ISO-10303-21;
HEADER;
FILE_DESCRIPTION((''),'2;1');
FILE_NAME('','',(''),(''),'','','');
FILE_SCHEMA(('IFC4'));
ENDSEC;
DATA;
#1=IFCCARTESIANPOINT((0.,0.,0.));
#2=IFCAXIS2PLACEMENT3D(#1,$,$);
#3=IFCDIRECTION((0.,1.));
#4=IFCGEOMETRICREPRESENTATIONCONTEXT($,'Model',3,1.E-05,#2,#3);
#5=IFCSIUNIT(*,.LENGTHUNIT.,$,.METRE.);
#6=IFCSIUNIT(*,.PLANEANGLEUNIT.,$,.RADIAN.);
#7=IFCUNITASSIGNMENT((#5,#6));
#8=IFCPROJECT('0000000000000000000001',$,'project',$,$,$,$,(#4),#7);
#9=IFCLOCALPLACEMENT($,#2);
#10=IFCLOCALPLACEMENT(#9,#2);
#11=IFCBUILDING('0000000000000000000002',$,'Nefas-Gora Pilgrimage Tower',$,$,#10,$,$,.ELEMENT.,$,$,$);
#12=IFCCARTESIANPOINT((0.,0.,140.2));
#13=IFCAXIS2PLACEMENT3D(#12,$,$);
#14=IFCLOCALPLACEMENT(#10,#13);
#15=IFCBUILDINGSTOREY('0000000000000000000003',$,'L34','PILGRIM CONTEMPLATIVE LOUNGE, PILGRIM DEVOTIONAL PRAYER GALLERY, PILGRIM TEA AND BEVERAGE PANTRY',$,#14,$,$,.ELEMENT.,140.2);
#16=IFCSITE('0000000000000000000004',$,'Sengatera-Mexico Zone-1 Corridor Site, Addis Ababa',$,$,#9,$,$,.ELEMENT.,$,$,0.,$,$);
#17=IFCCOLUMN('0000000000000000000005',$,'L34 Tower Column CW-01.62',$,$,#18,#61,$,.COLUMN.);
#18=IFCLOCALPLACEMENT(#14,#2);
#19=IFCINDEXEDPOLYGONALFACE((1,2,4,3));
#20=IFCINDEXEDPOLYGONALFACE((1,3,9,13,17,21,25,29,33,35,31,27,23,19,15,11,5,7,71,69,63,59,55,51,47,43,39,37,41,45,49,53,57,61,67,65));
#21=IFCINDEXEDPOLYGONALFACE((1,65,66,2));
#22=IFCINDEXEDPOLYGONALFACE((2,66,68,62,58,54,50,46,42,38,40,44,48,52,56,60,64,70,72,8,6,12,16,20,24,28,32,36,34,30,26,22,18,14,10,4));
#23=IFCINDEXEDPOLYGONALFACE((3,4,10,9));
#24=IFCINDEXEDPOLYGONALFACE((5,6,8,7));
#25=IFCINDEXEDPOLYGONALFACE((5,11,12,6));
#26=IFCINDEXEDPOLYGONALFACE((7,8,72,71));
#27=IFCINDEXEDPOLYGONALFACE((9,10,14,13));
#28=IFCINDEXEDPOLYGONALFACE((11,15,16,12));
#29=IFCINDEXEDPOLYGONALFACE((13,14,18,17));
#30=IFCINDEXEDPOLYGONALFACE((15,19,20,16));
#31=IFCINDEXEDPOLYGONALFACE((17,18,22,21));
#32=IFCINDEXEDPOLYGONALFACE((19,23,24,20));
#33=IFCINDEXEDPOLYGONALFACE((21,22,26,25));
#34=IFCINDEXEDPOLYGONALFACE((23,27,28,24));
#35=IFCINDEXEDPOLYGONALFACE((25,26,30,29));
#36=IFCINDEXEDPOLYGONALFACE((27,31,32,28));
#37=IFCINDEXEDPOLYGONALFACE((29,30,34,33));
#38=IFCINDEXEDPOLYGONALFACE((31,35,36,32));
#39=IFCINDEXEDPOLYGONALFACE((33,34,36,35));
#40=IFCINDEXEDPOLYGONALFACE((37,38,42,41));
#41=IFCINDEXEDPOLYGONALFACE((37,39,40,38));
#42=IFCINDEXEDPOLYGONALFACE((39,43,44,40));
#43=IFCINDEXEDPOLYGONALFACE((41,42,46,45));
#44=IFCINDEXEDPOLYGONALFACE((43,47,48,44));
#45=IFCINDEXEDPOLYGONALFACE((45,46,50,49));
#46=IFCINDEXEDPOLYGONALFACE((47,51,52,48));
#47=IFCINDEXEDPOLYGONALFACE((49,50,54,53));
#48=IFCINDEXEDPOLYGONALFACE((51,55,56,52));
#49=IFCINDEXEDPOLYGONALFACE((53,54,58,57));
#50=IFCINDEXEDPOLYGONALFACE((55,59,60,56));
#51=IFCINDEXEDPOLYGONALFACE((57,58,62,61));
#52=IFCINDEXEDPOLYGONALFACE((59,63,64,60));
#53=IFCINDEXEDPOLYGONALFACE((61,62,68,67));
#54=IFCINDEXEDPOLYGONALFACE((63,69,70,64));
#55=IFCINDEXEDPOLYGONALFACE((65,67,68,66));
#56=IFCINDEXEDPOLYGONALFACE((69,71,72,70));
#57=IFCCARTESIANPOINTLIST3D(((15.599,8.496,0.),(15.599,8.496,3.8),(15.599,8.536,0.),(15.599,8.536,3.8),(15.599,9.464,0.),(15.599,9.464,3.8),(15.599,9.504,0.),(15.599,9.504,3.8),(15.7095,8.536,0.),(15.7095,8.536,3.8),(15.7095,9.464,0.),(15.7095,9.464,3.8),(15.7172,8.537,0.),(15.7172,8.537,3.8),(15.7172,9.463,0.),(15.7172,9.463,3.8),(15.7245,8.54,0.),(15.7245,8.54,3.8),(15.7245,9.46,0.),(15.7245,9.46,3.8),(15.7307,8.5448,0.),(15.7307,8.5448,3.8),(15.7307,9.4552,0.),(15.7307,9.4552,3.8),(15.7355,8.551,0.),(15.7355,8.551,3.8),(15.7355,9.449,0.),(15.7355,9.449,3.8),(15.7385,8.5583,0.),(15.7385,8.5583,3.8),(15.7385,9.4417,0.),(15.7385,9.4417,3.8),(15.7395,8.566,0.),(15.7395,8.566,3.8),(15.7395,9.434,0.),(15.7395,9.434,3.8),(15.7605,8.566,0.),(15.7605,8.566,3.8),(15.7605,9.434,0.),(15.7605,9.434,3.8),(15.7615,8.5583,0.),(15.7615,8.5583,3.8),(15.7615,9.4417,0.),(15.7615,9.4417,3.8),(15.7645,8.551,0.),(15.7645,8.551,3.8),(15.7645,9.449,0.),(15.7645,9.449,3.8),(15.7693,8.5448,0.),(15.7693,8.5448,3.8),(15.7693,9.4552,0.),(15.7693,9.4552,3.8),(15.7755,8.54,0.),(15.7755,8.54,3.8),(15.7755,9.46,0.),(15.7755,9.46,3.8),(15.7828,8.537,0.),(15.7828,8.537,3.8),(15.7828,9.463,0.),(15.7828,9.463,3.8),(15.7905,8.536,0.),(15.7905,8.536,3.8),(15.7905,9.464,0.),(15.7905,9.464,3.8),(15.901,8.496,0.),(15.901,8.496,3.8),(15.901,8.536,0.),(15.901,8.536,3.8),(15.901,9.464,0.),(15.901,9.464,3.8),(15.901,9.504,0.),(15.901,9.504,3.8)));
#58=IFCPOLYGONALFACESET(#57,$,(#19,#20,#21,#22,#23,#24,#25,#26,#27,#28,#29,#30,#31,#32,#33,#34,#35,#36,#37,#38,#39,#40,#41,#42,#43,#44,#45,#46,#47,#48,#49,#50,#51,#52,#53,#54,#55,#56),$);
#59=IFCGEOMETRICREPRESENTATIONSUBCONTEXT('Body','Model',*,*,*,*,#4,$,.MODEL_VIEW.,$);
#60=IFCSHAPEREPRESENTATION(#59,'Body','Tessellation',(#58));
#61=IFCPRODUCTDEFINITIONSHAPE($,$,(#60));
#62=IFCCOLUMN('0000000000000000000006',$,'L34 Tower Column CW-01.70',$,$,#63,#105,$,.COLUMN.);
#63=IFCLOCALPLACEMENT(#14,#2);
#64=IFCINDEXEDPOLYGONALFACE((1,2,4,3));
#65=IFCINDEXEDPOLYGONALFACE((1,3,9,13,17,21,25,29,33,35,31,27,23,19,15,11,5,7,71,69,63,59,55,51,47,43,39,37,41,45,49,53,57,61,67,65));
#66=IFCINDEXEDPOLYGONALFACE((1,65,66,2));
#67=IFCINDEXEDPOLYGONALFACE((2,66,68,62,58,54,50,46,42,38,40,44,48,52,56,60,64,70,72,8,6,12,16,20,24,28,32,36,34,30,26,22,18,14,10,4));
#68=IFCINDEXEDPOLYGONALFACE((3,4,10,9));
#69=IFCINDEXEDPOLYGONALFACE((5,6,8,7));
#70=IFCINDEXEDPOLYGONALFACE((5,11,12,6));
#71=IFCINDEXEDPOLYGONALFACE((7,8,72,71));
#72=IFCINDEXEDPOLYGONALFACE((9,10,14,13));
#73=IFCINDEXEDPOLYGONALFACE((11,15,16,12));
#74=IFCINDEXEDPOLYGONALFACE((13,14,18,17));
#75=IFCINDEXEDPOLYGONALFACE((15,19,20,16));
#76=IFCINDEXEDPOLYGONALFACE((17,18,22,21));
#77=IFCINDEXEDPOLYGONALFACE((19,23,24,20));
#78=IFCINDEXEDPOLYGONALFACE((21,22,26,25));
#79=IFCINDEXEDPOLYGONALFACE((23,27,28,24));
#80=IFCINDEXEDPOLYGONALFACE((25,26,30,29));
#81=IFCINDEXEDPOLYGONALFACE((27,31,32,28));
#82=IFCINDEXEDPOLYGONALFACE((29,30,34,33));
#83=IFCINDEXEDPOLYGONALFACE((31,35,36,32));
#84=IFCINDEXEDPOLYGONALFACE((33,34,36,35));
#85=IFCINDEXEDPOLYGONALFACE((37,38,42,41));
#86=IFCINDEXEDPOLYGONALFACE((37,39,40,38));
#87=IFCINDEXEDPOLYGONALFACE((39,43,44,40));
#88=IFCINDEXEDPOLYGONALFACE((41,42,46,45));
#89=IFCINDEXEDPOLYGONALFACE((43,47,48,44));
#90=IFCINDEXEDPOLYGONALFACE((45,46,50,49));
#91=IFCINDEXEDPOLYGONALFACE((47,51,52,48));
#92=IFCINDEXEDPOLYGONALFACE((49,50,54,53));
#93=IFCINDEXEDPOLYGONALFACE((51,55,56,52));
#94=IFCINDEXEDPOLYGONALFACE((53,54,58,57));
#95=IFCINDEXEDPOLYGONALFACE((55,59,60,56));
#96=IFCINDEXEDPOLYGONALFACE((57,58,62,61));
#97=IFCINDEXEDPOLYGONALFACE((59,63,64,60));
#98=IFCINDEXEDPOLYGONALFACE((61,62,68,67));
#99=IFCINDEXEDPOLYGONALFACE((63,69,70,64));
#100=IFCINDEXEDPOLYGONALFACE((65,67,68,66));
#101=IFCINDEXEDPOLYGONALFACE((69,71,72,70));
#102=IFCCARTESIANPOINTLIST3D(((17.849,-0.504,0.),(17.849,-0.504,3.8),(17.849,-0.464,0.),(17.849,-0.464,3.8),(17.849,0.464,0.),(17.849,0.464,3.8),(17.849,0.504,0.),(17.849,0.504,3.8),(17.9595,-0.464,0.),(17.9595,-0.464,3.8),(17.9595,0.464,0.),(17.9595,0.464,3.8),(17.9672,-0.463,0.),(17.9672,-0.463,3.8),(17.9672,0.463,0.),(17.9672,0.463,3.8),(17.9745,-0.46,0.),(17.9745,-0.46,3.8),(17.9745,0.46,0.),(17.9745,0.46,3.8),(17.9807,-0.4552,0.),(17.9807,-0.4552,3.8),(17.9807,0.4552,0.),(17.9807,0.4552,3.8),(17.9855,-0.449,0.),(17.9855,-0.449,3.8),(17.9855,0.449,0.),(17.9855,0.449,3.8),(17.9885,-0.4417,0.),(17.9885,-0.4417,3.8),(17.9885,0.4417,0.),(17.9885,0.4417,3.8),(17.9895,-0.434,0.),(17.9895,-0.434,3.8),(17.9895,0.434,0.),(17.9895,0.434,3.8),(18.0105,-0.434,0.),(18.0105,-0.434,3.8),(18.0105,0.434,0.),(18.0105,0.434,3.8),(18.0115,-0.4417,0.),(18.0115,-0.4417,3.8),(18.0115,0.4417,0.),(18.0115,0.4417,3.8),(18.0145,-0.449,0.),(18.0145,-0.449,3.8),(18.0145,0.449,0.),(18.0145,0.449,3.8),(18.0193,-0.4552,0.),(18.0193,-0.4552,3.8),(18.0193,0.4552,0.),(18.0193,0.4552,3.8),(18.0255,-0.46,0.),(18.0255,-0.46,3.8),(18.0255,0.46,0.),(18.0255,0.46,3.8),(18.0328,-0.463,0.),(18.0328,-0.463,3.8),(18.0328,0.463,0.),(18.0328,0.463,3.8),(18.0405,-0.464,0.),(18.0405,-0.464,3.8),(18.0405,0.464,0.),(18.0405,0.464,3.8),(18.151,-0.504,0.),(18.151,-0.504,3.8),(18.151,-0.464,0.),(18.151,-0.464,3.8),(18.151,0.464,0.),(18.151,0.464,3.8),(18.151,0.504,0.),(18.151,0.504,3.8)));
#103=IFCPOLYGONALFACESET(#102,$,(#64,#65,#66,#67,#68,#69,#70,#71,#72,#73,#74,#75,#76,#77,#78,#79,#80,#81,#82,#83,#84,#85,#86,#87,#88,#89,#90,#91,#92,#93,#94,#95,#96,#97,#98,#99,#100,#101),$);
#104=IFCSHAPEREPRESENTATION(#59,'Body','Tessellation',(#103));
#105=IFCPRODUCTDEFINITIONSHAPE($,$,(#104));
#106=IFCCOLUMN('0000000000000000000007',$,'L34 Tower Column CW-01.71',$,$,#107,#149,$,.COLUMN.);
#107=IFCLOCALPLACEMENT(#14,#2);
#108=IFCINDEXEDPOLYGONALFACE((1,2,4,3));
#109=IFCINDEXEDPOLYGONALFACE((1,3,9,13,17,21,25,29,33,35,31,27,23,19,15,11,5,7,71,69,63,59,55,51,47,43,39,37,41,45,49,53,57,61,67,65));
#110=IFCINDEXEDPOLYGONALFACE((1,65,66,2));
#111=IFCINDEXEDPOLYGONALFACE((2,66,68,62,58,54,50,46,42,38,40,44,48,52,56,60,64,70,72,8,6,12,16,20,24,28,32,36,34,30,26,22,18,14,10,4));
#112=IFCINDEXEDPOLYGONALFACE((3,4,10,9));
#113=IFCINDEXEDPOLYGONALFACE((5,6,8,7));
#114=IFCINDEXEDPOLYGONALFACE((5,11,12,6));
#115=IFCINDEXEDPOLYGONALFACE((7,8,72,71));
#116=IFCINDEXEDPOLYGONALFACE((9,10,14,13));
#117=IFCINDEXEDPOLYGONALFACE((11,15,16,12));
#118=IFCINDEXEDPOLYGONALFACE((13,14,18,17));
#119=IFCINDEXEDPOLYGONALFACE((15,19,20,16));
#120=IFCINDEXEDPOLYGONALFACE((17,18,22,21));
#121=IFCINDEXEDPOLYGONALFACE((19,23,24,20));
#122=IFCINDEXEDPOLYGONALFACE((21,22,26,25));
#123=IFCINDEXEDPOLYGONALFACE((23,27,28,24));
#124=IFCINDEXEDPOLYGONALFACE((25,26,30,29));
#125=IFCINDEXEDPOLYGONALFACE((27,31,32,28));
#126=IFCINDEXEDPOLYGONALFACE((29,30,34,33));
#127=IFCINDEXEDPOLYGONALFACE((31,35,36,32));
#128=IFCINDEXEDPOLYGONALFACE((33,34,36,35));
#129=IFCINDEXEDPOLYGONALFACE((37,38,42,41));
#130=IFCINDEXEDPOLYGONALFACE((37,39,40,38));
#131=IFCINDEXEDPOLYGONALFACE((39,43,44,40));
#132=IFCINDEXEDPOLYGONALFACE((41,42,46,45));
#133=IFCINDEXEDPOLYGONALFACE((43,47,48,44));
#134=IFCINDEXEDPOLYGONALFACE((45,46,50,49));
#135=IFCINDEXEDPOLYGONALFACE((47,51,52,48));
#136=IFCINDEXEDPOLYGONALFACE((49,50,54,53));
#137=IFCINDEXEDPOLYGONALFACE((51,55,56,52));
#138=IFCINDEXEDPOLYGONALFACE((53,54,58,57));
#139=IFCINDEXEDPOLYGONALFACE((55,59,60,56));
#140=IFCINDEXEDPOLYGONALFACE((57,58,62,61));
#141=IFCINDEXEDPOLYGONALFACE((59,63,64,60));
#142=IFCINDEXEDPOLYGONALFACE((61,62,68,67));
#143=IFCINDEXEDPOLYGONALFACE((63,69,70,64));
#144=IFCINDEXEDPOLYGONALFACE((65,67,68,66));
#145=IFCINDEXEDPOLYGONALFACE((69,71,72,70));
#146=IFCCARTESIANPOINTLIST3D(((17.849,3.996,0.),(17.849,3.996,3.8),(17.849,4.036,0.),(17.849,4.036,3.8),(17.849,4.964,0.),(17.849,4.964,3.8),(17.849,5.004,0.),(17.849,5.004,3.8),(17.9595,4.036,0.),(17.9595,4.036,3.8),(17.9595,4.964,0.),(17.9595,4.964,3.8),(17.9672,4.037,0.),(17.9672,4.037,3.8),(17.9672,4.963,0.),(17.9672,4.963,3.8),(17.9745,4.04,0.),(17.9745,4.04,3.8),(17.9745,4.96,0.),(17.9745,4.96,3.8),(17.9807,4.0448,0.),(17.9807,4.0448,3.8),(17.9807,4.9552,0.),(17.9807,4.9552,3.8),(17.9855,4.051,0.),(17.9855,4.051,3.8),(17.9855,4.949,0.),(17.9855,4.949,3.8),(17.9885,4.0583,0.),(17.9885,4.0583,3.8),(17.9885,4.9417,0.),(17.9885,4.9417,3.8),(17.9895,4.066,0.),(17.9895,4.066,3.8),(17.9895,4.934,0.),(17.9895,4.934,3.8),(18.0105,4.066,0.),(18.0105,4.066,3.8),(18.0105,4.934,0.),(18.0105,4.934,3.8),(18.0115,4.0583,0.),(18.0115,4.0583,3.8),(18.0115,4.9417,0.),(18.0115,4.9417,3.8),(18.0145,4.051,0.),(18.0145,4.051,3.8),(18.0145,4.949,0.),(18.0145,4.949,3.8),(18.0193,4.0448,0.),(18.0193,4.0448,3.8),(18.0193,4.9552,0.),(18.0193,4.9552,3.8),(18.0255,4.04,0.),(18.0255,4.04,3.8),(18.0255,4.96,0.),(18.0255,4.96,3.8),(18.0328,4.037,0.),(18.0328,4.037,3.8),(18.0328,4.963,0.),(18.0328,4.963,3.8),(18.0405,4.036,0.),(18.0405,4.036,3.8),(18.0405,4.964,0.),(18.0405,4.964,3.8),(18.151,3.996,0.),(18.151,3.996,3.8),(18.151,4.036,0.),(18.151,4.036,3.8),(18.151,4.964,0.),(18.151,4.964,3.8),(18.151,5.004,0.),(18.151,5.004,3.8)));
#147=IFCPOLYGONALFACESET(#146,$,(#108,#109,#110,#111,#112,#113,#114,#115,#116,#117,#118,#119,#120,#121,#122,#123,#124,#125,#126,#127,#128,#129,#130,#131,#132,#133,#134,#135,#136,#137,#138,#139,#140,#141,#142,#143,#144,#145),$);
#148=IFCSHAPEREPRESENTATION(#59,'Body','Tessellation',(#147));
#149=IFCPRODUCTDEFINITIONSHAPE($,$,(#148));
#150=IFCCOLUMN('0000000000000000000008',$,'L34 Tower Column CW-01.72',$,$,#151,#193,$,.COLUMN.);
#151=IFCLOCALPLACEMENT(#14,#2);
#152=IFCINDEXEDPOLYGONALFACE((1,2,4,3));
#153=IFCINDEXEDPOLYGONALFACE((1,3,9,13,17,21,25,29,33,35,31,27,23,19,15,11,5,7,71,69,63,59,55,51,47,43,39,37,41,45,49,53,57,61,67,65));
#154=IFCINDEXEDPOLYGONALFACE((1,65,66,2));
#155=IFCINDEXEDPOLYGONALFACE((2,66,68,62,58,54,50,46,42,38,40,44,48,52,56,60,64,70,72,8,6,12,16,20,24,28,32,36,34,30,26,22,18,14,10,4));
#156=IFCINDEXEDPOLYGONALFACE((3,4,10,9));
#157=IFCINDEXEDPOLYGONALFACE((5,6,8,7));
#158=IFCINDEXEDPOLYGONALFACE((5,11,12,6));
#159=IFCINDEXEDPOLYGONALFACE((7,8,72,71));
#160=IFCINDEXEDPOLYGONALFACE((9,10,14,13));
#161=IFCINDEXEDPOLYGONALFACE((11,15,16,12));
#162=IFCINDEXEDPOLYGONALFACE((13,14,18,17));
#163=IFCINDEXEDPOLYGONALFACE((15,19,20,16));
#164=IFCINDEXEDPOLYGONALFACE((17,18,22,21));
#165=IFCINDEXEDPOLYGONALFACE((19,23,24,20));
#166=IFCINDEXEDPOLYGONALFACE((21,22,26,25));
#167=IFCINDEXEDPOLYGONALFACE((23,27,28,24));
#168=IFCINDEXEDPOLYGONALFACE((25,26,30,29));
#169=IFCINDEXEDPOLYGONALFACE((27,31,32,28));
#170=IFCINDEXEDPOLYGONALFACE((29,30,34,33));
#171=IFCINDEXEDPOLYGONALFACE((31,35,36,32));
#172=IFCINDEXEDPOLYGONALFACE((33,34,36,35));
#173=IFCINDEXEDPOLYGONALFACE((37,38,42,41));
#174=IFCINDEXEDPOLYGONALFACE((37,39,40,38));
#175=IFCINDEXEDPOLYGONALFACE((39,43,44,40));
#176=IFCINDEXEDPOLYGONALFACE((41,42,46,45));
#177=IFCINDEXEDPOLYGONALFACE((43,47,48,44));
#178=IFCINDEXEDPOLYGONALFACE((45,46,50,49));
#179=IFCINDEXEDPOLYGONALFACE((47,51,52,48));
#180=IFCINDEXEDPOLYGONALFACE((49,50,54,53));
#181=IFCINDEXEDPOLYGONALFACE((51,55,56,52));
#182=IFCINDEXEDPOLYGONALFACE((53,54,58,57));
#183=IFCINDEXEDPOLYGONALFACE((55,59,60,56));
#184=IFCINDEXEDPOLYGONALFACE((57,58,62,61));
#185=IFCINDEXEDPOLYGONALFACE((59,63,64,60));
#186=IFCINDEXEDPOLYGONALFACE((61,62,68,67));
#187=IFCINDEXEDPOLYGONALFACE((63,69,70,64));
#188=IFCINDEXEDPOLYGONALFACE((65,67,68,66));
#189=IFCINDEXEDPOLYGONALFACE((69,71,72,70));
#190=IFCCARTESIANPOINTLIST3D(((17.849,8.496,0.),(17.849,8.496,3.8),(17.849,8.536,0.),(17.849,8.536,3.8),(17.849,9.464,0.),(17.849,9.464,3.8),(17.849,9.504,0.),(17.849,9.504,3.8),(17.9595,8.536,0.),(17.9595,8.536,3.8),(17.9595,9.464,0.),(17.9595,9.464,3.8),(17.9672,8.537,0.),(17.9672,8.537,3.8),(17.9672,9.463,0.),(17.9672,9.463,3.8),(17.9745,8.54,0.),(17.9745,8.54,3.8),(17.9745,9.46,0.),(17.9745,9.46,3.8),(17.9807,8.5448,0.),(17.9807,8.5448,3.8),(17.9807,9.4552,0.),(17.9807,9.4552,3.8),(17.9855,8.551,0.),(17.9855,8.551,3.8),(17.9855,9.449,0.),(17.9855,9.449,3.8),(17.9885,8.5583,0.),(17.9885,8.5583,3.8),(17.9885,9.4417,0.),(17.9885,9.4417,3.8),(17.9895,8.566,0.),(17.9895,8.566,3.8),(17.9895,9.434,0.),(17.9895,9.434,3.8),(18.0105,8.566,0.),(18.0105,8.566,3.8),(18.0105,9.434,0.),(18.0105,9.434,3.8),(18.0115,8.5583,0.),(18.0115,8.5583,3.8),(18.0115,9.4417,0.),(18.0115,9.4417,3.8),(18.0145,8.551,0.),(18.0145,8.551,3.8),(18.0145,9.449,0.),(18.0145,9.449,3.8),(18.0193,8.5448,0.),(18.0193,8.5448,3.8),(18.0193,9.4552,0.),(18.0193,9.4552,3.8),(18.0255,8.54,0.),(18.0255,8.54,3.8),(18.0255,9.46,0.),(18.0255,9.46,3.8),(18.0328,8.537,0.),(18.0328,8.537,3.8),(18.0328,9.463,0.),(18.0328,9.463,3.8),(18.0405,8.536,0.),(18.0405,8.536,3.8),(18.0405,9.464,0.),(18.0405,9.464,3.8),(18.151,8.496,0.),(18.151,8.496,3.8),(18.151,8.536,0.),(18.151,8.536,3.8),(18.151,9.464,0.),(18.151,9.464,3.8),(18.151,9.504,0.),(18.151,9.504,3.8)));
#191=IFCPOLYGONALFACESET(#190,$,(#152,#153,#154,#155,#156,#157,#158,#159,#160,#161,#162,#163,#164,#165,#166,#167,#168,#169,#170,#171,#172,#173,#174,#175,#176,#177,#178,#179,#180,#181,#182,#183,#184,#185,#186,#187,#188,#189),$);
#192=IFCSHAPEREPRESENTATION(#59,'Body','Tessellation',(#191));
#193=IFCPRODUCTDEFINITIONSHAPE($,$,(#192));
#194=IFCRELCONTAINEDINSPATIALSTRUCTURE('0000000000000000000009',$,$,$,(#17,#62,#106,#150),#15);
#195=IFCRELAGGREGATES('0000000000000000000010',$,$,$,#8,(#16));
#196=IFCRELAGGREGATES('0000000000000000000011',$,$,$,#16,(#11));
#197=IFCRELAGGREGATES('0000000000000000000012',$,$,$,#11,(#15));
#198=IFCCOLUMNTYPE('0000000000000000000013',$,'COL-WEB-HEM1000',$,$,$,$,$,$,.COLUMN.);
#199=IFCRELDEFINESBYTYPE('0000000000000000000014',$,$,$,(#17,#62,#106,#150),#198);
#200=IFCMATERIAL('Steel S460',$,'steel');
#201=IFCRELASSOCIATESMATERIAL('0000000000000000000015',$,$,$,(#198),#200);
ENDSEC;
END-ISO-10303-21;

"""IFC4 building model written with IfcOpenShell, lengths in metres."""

from ifc_helpers import new_model, si_unit, direction, frame, origin, origin_2d, place, context, subcontext, project, spatial, i_section, extrude, source, transform, mapped, material, material_profile, profile_set, type_object, element, save


model = new_model("IFC4")

# Units and contexts
model_context = context("Model", 3, precision=1e-05, world=origin(), true_north=direction((0.0, 1.0)))
body_context = subcontext(model_context, "Body", "Model", "MODEL_VIEW")
ifc_project = project(units=[si_unit("LENGTHUNIT", "METRE"), si_unit("PLANEANGLEUNIT", "RADIAN")], contexts=[model_context])

# Site, building, storey
site_placement = place(None, origin())
site = spatial("IfcSite", under=ifc_project, at=site_placement, Name="Sengatera-Mexico Zone-1 Corridor Site, Addis Ababa", CompositionType="ELEMENT", RefElevation=0.0)
building_placement = place(site_placement, origin())
building = spatial("IfcBuilding", under=site, at=building_placement, Name="Nefas-Gora Pilgrimage Tower", CompositionType="ELEMENT")
storey_placement = place(building_placement, frame((0.0, 0.0, 140.2)))
storey = spatial("IfcBuildingStorey", under=building, at=storey_placement, Name="L34", Description="PILGRIM CONTEMPLATIVE LOUNGE, PILGRIM DEVOTIONAL PRAYER GALLERY, PILGRIM TEA AND BEVERAGE PANTRY", CompositionType="ELEMENT", Elevation=140.2)

# Columns
ifc_material_1 = material(Name="Steel S460", Category="steel")
ifc_material_profile_1 = material_profile(ifc_material_1, i_section(OverallWidth=0.302, OverallDepth=1.0081, WebThickness=0.021, FlangeThickness=0.04, FilletRadius=0.03, at=origin_2d()), Name="HEM 1000")
ifc_profile_set_1 = profile_set([ifc_material_profile_1], Name="Steel S460")
column_type_1 = type_object("IfcColumnType", Name="COL-WEB-HEM1000", PredefinedType="COLUMN", material=ifc_profile_set_1)
shared_shape_1 = source(origin(), body_context, "Body", "SweptSolid", [
    extrude(i_section(OverallWidth=0.302, OverallDepth=1.0081, WebThickness=0.021, FlangeThickness=0.04, FilletRadius=0.03, at=origin_2d()), origin(), (0.0, 0.0, 1.0), 3.8),
])
for number, where, z_axis, x_axis, name in (
    (1, (15.75, 9.0, 0.0), (0.0, 0.0, 1.0), (1.0, 0.0, 0.0), "L34 Tower Column CW-01.62"),
    (2, (18.0, 0.0, 0.0), (0.0, 0.0, 1.0), (1.0, 0.0, 0.0), "L34 Tower Column CW-01.70"),
    (3, (18.0, 4.5, 0.0), (0.0, 0.0, 1.0), (1.0, 0.0, 0.0), "L34 Tower Column CW-01.71"),
    (4, (18.0, 9.0, 0.0), (0.0, 0.0, 1.0), (1.0, 0.0, 0.0), "L34 Tower Column CW-01.72"),
):
    element("IfcColumn", number, at=place(storey_placement, frame(where, z_axis=z_axis, x_axis=x_axis)), inside=storey, type_object=column_type_1, Name=name, PredefinedType="COLUMN", context=body_context, shape_type="MappedRepresentation", body=[
        mapped(shared_shape_1, transform((0.0, 0.0, 0.0), x_axis=(1.0, 0.0, 0.0), y_axis=(0.0, 1.0, 0.0), z_axis=(0.0, 0.0, 1.0), scale=1.0)),
    ])

save(model, "model.ifc")
